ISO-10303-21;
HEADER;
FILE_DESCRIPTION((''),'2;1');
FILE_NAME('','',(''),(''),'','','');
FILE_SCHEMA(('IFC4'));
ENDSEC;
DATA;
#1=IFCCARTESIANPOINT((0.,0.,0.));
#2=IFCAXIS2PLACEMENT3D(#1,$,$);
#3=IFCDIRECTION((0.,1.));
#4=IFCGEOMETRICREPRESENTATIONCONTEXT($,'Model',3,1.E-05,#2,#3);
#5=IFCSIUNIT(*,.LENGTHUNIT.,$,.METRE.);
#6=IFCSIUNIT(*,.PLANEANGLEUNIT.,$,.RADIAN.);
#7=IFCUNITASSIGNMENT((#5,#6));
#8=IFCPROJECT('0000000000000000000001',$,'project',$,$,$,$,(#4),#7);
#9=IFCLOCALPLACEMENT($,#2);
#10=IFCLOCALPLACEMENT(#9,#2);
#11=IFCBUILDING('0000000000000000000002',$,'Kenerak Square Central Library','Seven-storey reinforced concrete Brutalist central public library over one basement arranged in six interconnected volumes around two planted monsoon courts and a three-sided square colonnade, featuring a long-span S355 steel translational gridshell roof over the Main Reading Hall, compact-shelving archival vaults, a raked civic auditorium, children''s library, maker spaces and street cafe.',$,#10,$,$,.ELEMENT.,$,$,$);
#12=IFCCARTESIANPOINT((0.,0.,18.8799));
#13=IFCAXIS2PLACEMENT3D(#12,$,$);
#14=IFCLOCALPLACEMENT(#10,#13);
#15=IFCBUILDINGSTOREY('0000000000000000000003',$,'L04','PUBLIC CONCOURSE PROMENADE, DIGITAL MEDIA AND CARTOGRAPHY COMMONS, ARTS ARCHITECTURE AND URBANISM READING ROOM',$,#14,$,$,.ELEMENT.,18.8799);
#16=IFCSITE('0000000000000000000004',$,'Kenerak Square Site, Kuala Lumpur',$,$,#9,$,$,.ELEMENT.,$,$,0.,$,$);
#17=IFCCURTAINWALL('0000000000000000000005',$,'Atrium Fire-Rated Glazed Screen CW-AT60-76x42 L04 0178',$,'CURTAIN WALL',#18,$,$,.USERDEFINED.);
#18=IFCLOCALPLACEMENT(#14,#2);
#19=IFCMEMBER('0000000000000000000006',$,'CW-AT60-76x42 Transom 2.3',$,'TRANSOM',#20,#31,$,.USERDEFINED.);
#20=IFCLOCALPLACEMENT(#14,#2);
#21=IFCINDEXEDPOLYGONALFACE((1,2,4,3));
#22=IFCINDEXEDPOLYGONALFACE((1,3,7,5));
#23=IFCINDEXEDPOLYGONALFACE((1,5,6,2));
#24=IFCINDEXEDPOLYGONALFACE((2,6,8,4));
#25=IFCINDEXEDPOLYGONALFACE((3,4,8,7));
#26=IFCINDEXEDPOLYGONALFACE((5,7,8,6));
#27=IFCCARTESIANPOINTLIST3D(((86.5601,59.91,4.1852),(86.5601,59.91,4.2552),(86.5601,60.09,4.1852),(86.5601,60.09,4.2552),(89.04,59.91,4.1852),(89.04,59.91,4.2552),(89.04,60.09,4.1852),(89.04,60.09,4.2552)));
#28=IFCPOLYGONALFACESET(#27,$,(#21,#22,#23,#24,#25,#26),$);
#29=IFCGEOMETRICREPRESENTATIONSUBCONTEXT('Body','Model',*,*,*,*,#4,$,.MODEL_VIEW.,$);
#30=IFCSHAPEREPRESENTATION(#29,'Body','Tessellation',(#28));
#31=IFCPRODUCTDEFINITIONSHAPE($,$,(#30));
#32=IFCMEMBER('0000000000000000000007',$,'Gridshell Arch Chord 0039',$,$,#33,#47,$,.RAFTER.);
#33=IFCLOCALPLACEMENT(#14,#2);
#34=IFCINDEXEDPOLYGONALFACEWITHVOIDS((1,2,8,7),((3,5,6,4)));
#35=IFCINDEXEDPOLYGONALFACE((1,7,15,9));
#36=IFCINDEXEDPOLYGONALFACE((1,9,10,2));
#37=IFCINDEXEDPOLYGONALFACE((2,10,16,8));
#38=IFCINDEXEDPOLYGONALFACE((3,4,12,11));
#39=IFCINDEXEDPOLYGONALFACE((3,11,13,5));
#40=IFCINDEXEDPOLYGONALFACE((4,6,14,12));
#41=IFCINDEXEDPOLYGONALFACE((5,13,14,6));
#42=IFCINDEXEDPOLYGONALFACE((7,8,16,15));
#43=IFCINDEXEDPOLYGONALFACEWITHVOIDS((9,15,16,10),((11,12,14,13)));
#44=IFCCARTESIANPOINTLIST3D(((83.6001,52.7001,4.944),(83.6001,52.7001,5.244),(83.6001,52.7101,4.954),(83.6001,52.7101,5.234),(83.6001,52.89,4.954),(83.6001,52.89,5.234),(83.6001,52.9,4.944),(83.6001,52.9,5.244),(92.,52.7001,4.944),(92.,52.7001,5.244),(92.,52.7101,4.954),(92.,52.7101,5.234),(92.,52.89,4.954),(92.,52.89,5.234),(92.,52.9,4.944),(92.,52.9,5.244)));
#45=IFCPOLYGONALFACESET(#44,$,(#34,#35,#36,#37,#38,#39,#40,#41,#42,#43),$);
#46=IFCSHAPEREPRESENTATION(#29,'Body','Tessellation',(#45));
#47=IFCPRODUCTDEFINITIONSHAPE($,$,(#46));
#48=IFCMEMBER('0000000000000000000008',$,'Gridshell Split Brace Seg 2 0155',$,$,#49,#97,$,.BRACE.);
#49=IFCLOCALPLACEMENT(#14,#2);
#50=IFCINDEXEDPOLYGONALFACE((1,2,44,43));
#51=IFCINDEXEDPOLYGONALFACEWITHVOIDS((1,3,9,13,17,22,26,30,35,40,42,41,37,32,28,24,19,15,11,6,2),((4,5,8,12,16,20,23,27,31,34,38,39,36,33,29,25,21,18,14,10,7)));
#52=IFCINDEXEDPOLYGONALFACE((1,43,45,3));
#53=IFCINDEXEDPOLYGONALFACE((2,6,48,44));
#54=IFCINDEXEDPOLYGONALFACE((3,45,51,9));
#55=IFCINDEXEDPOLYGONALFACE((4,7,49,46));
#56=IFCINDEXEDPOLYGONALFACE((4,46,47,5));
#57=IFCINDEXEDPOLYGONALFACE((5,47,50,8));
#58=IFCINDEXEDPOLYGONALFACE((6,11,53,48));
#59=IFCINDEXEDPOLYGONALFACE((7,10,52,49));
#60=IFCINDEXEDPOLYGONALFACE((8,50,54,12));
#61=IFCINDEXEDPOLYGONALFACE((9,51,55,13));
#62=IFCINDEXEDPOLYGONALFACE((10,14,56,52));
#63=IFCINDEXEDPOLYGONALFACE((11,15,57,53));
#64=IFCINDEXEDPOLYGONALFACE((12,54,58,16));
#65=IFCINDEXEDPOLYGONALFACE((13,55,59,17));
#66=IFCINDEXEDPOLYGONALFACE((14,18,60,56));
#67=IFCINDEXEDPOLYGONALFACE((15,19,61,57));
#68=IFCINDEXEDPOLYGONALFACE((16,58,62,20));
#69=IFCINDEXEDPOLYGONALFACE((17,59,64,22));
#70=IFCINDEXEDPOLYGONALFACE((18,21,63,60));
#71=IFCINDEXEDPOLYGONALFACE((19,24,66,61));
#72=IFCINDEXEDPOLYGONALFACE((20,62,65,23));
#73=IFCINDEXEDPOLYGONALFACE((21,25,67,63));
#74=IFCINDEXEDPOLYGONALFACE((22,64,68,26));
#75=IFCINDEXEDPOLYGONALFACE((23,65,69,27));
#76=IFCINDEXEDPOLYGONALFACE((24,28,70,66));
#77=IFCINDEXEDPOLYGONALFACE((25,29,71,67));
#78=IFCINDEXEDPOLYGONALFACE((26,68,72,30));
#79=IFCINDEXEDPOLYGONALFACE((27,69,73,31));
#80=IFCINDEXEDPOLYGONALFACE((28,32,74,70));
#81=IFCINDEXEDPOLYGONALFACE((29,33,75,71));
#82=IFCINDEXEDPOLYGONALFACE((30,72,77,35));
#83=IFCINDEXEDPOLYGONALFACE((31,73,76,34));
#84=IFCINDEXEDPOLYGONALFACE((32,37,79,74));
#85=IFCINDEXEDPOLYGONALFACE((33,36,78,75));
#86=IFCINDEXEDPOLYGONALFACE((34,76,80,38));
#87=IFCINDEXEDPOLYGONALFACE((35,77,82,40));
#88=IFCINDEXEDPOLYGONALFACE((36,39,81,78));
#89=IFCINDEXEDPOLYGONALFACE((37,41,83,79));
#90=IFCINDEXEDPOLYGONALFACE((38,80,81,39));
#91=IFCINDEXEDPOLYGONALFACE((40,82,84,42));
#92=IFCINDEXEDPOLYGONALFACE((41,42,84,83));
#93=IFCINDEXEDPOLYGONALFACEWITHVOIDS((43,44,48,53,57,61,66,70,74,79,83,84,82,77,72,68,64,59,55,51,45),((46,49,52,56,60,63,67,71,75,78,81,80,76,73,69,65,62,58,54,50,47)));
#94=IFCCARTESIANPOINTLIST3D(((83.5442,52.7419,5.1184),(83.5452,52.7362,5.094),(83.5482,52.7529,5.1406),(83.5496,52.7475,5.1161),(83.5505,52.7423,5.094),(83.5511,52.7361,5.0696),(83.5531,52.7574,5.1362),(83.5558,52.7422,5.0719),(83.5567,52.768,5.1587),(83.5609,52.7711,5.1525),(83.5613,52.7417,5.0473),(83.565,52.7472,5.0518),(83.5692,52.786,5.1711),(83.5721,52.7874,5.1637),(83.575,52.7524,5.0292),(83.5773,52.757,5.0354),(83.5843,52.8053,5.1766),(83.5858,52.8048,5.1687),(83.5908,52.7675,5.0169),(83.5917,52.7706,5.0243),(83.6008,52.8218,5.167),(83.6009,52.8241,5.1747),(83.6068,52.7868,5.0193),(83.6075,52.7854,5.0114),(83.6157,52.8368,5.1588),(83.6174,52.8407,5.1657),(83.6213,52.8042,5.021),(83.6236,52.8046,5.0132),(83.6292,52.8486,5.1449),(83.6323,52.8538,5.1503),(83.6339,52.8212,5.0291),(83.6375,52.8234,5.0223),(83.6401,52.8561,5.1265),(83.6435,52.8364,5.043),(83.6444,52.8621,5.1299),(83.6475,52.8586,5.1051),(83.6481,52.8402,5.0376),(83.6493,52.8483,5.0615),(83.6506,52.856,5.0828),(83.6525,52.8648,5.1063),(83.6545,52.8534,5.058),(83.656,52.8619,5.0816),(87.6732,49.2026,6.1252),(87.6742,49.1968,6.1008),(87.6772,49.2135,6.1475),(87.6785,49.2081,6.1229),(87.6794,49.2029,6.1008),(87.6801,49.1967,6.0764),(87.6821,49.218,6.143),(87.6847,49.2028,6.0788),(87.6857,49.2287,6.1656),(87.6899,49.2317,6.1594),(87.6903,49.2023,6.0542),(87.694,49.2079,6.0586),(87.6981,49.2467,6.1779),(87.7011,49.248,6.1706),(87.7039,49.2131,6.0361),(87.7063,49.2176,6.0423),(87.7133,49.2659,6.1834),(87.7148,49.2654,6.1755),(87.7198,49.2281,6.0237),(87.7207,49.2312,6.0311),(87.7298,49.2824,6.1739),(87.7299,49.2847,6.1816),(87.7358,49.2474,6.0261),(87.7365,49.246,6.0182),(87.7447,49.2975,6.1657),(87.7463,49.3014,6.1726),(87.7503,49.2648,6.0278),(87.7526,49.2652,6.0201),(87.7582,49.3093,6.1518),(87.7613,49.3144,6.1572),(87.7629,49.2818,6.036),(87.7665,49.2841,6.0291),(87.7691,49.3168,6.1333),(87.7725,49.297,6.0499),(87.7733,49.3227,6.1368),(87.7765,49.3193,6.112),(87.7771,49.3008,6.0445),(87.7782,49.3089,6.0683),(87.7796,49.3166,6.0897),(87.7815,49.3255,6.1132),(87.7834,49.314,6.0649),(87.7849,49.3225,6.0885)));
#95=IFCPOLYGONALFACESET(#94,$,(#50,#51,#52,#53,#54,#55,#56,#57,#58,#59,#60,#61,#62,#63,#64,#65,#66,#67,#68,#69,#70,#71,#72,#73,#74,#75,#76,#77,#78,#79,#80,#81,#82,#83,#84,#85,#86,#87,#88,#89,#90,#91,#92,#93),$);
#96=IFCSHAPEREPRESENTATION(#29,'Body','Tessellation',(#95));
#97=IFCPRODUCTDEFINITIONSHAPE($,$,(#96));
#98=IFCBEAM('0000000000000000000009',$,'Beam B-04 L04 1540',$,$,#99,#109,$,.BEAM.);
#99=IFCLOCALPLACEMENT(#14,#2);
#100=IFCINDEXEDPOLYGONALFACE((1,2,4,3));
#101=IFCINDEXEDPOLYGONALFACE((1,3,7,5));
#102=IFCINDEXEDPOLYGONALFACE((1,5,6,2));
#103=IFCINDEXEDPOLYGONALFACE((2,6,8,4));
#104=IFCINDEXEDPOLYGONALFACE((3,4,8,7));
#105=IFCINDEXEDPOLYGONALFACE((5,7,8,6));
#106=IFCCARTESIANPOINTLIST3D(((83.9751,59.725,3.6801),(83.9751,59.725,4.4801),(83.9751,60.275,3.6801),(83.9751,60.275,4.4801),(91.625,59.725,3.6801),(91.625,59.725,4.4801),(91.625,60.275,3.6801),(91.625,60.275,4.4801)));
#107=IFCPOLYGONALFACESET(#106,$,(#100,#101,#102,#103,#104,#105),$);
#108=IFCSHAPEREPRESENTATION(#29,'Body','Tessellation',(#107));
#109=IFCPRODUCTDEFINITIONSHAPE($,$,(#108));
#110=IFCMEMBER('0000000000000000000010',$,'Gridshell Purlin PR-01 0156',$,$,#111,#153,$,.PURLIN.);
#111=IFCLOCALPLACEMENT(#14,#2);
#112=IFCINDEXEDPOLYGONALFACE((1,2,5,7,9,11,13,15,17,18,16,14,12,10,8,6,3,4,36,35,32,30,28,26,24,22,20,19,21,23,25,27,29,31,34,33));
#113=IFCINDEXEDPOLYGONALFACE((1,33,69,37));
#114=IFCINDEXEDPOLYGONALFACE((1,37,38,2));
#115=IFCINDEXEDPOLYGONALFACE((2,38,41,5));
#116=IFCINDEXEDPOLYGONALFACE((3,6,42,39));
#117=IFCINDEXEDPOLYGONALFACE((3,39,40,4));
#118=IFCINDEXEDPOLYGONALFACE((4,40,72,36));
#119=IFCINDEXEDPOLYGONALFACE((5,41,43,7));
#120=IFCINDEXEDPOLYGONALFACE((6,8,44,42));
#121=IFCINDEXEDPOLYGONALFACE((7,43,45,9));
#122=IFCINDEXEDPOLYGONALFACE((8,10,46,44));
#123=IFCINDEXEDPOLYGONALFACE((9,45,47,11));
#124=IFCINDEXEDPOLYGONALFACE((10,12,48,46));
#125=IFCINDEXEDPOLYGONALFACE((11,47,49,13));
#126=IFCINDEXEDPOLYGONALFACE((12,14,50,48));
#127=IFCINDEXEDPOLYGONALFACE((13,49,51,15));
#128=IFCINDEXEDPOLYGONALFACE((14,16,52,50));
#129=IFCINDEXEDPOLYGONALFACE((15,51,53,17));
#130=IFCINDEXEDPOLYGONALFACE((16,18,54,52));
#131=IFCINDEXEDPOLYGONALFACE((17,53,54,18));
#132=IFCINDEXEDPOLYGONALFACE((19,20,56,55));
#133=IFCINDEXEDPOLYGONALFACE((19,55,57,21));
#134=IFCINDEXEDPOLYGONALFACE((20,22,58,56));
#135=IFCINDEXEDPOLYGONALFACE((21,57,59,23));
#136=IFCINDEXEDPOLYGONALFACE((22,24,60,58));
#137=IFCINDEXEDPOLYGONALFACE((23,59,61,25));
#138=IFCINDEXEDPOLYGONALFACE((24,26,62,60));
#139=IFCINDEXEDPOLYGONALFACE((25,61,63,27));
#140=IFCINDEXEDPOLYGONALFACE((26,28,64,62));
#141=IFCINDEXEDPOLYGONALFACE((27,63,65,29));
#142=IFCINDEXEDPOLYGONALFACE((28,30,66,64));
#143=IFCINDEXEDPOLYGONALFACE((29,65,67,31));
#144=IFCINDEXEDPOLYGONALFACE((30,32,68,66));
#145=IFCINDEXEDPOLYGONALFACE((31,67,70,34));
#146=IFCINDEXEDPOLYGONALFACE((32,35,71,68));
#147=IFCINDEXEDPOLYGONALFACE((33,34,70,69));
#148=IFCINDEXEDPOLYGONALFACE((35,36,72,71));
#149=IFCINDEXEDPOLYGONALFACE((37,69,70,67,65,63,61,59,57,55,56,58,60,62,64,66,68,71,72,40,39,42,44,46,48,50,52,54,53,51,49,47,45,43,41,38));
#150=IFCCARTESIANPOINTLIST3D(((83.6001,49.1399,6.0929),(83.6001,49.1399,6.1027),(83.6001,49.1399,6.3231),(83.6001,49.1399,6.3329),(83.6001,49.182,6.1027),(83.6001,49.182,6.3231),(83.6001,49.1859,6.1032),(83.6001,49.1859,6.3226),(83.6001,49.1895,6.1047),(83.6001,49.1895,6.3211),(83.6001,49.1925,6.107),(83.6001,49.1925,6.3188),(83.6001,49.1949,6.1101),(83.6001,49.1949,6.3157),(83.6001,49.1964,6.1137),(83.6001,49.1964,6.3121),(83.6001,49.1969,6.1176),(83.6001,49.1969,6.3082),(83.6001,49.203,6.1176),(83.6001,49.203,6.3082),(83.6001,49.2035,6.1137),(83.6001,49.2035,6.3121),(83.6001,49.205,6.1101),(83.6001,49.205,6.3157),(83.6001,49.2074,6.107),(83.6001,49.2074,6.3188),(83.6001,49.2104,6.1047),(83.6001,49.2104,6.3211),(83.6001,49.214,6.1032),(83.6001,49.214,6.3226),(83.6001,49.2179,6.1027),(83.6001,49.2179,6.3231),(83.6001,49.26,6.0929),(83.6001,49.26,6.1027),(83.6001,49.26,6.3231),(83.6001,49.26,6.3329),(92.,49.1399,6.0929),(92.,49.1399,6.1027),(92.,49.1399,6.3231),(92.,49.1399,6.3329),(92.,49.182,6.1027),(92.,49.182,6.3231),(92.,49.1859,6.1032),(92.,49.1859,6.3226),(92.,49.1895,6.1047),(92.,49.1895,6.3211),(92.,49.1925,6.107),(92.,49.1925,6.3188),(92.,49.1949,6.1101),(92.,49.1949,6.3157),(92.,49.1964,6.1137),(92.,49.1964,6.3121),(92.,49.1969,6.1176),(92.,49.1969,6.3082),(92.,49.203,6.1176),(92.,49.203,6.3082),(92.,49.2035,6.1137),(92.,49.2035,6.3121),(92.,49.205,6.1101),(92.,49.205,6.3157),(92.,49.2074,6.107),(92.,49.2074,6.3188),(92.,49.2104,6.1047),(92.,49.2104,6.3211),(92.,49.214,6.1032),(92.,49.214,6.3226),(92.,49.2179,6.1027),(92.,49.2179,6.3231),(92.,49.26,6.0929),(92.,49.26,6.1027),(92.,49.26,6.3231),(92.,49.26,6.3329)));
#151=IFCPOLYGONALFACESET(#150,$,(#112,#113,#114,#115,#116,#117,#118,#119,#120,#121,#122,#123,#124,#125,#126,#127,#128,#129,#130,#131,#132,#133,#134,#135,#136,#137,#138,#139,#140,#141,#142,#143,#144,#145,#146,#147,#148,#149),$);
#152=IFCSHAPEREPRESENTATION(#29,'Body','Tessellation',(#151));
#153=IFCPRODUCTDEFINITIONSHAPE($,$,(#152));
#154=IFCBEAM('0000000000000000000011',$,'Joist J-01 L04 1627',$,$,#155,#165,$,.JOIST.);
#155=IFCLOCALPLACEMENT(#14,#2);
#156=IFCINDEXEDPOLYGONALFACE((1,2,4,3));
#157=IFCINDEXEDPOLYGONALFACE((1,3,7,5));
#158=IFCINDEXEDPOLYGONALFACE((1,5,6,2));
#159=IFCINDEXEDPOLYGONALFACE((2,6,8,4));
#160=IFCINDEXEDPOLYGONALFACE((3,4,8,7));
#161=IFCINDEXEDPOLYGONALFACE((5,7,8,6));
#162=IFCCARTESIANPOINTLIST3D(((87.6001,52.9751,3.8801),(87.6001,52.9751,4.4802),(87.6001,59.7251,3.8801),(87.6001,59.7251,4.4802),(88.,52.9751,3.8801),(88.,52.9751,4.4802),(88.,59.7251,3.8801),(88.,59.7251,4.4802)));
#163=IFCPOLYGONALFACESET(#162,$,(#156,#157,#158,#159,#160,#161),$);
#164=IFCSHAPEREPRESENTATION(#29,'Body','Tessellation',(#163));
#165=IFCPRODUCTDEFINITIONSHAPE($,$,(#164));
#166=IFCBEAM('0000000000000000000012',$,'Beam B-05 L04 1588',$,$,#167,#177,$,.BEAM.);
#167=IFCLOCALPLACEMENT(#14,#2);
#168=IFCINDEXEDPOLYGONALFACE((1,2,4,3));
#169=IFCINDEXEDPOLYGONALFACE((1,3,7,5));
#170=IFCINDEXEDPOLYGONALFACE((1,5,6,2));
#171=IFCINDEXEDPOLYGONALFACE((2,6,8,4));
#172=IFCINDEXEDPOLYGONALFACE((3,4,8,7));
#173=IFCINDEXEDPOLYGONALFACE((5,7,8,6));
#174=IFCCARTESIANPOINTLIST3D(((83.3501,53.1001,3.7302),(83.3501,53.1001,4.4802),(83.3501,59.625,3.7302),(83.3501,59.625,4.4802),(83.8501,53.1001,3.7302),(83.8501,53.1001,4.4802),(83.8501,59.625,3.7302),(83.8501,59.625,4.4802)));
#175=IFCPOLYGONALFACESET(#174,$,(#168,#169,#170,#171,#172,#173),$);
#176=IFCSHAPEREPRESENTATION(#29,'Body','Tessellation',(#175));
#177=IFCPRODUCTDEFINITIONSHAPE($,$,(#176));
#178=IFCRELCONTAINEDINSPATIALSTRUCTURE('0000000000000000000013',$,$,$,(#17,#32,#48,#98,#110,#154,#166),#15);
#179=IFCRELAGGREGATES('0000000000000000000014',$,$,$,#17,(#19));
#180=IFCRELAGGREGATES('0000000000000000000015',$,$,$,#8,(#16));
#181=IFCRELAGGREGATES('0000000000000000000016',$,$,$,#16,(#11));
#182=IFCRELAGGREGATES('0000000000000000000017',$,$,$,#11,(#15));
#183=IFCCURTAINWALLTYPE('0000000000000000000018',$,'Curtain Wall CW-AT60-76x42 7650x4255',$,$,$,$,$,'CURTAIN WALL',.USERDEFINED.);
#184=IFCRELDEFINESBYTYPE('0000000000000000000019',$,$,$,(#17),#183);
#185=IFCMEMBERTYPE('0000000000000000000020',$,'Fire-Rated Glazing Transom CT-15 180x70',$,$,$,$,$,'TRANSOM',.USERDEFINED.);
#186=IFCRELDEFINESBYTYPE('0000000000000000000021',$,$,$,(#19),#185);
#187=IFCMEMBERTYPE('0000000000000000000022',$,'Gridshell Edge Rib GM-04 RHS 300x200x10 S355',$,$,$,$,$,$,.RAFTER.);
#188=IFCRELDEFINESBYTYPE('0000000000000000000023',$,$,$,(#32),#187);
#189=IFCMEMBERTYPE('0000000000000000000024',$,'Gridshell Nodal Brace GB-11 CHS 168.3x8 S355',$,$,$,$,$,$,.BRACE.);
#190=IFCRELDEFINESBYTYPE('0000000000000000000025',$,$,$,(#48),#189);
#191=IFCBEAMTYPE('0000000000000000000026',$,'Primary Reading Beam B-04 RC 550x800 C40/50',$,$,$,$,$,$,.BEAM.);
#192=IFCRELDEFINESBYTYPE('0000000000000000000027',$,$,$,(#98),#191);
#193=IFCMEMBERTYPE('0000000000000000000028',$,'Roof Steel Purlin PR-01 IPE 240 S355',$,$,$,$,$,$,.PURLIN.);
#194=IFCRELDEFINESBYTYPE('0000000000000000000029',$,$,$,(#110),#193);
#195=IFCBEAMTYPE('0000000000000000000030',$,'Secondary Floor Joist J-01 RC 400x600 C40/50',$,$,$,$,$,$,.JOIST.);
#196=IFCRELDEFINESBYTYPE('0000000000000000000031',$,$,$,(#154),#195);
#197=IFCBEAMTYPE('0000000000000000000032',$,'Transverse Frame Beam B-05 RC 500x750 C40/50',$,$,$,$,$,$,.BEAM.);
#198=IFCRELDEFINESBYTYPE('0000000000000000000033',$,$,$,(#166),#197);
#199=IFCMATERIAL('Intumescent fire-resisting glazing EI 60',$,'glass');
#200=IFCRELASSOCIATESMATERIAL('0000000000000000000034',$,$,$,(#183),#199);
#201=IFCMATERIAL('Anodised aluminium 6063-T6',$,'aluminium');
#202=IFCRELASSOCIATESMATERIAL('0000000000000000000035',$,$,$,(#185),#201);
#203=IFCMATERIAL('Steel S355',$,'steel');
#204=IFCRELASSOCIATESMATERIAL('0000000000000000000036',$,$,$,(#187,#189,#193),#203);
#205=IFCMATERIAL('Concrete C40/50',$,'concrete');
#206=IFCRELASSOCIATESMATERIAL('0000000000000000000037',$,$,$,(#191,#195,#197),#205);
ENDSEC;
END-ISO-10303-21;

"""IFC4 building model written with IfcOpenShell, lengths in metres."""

from ifc_helpers import new_model, si_unit, direction, frame, origin, origin_2d, place, context, subcontext, project, spatial, rectangle, hollow_rectangle, hollow_circle, i_section, extrude, material, material_profile, profile_set, type_object, element, aggregate, save


model = new_model("IFC4")

# Units and contexts
model_context = context("Model", 3, precision=1e-05, world=origin(), true_north=direction((0.0, 1.0)))
body_context = subcontext(model_context, "Body", "Model", "MODEL_VIEW")
ifc_project = project(units=[si_unit("LENGTHUNIT", "METRE"), si_unit("PLANEANGLEUNIT", "RADIAN")], contexts=[model_context])

# Site, building, storey
site_placement = place(None, origin())
site = spatial("IfcSite", under=ifc_project, at=site_placement, Name="Kenerak Square Site, Kuala Lumpur", CompositionType="ELEMENT", RefElevation=0.0)
building_placement = place(site_placement, origin())
building = spatial("IfcBuilding", under=site, at=building_placement, Name="Kenerak Square Central Library", Description="Seven-storey reinforced concrete Brutalist central public library over one basement arranged in six interconnected volumes around two planted monsoon courts and a three-sided square colonnade, featuring a long-span S355 steel translational gridshell roof over the Main Reading Hall, compact-shelving archival vaults, a raked civic auditorium, children's library, maker spaces and street cafe.", CompositionType="ELEMENT")
storey_placement = place(building_placement, frame((0.0, 0.0, 18.8799)))
storey = spatial("IfcBuildingStorey", under=building, at=storey_placement, Name="L04", Description="PUBLIC CONCOURSE PROMENADE, DIGITAL MEDIA AND CARTOGRAPHY COMMONS, ARTS ARCHITECTURE AND URBANISM READING ROOM", CompositionType="ELEMENT", Elevation=18.8799)

# Shared definitions
ifc_material_1 = material(Name="Concrete C40/50", Category="concrete")

# Shared definitions
ifc_material_2 = material(Name="Intumescent fire-resisting glazing EI 60", Category="glass")
curtain_wall_type = type_object("IfcCurtainWallType", Name="Curtain Wall CW-AT60-76x42 7650x4255", ElementType="CURTAIN WALL", PredefinedType="USERDEFINED", material=ifc_material_2)
ifc_material_3 = material(Name="Anodised aluminium 6063-T6", Category="aluminium")

# Curtain wall
curtain_wall_1_placement = place(storey_placement, origin())
curtain_wall_1 = element("IfcCurtainWall", 1, at=curtain_wall_1_placement, inside=storey, type_object=curtain_wall_type, Name="Atrium Fire-Rated Glazed Screen CW-AT60-76x42 L04 0178", ObjectType="CURTAIN WALL", PredefinedType="USERDEFINED")

# Member
ifc_material_profile_1 = material_profile(ifc_material_3, rectangle(XDim=0.1799, YDim=0.0701, at=origin_2d()), Name="AL TRANSOM 180x70")
ifc_profile_set_1 = profile_set([ifc_material_profile_1], Name="Anodised aluminium 6063-T6")
member_type_1 = type_object("IfcMemberType", Name="Fire-Rated Glazing Transom CT-15 180x70", ElementType="TRANSOM", PredefinedType="USERDEFINED", material=ifc_profile_set_1)
member_1_placement = place(storey_placement, frame((86.5601, 60.0, 4.2202), z_axis=(1.0, 0.0, 0.0), x_axis=(0.0, 1.0, 0.0)))
member_1 = element("IfcMember", 2, at=member_1_placement, type_object=member_type_1, Name="CW-AT60-76x42 Transom 2.3", ObjectType="TRANSOM", PredefinedType="USERDEFINED", context=body_context, shape_type="SweptSolid", body=[
    extrude(rectangle(XDim=0.1799, YDim=0.0701, at=origin_2d()), origin(), (0.0, 0.0, 1.0), 2.48),
])

# Members
ifc_material_4 = material(Name="Steel S355", Category="steel")
ifc_material_profile_2 = material_profile(ifc_material_4, hollow_rectangle(XDim=0.2, YDim=0.3, WallThickness=0.01, at=origin_2d()), Name="RHS 300x200x10.0")
ifc_profile_set_2 = profile_set([ifc_material_profile_2], Name="Steel S355")
member_type_2 = type_object("IfcMemberType", Name="Gridshell Edge Rib GM-04 RHS 300x200x10 S355", PredefinedType="RAFTER", material=ifc_profile_set_2)
member_2_placement = place(storey_placement, frame((83.6001, 52.8, 5.094), z_axis=(1.0, 0.0, 0.0), x_axis=(0.0, 1.0, 0.0)))
element("IfcMember", 3, at=member_2_placement, inside=storey, type_object=member_type_2, Name="Gridshell Arch Chord 0039", PredefinedType="RAFTER", context=body_context, shape_type="SweptSolid", body=[
    extrude(hollow_rectangle(XDim=0.2, YDim=0.3, WallThickness=0.01, at=origin_2d()), origin(), (0.0, 0.0, 1.0), 8.3999),
])
ifc_material_profile_3 = material_profile(ifc_material_4, hollow_circle(Radius=0.0842, WallThickness=0.0081, at=origin_2d()), Name="CHS 168.3x8.0")
ifc_profile_set_3 = profile_set([ifc_material_profile_3], Name="Steel S355")
member_type_3 = type_object("IfcMemberType", Name="Gridshell Nodal Brace GB-11 CHS 168.3x8 S355", PredefinedType="BRACE", material=ifc_profile_set_3)
member_3_placement = place(storey_placement, frame((87.729, 49.2607, 6.1008), z_axis=(-0.746548, 0.639942, -0.182046), x_axis=(-0.650817, -0.759234, 0.0)))
element("IfcMember", 4, at=member_3_placement, inside=storey, type_object=member_type_3, Name="Gridshell Split Brace Seg 2 0155", PredefinedType="BRACE", context=body_context, shape_type="SweptSolid", body=[
    extrude(hollow_circle(Radius=0.0842, WallThickness=0.0081, at=origin_2d()), origin(), (0.0, 0.0, 1.0), 5.5308),
])

# Beam
ifc_material_profile_4 = material_profile(ifc_material_1, rectangle(XDim=0.55, YDim=0.8, at=origin_2d()), Name="RC 550x800")
ifc_profile_set_4 = profile_set([ifc_material_profile_4], Name="Concrete C40/50")
beam_type_1 = type_object("IfcBeamType", Name="Primary Reading Beam B-04 RC 550x800 C40/50", PredefinedType="BEAM", material=ifc_profile_set_4)
beam_1_placement = place(storey_placement, frame((83.9751, 60.0, 4.0801), z_axis=(1.0, 0.0, 0.0), x_axis=(0.0, 1.0, 0.0)))
element("IfcBeam", 5, at=beam_1_placement, inside=storey, type_object=beam_type_1, Name="Beam B-04 L04 1540", PredefinedType="BEAM", context=body_context, shape_type="SweptSolid", body=[
    extrude(rectangle(XDim=0.55, YDim=0.8, at=origin_2d()), origin(), (0.0, 0.0, 1.0), 7.6499),
])

# Member
ifc_material_profile_5 = material_profile(ifc_material_4, i_section(OverallWidth=0.1201, OverallDepth=0.24, WebThickness=0.0061, FlangeThickness=0.0098, FilletRadius=0.0149, at=origin_2d()), Name="IPE 240")
ifc_profile_set_5 = profile_set([ifc_material_profile_5], Name="Steel S355")
member_type_4 = type_object("IfcMemberType", Name="Roof Steel Purlin PR-01 IPE 240 S355", PredefinedType="PURLIN", material=ifc_profile_set_5)
member_4_placement = place(storey_placement, frame((83.6001, 49.2, 6.2129), z_axis=(1.0, 0.0, 0.0), x_axis=(0.0, 1.0, 0.0)))
element("IfcMember", 6, at=member_4_placement, inside=storey, type_object=member_type_4, Name="Gridshell Purlin PR-01 0156", PredefinedType="PURLIN", context=body_context, shape_type="SweptSolid", body=[
    extrude(i_section(OverallWidth=0.1201, OverallDepth=0.24, WebThickness=0.0061, FlangeThickness=0.0098, FilletRadius=0.0149, at=origin_2d()), origin(), (0.0, 0.0, 1.0), 8.3999),
])

# Beams
ifc_material_profile_6 = material_profile(ifc_material_1, rectangle(XDim=0.3999, YDim=0.6001, at=origin_2d()), Name="RC 400x600")
ifc_profile_set_6 = profile_set([ifc_material_profile_6], Name="Concrete C40/50")
beam_type_2 = type_object("IfcBeamType", Name="Secondary Floor Joist J-01 RC 400x600 C40/50", PredefinedType="JOIST", material=ifc_profile_set_6)
beam_2_placement = place(storey_placement, frame((87.8, 52.9751, 4.1802), z_axis=(0.0, 1.0, 0.0), x_axis=(-1.0, 0.0, 0.0)))
element("IfcBeam", 7, at=beam_2_placement, inside=storey, type_object=beam_type_2, Name="Joist J-01 L04 1627", PredefinedType="JOIST", context=body_context, shape_type="SweptSolid", body=[
    extrude(rectangle(XDim=0.3999, YDim=0.6001, at=origin_2d()), origin(), (0.0, 0.0, 1.0), 6.75),
])
ifc_material_profile_7 = material_profile(ifc_material_1, rectangle(XDim=0.5, YDim=0.75, at=origin_2d()), Name="RC 500x750")
ifc_profile_set_7 = profile_set([ifc_material_profile_7], Name="Concrete C40/50")
beam_type_3 = type_object("IfcBeamType", Name="Transverse Frame Beam B-05 RC 500x750 C40/50", PredefinedType="BEAM", material=ifc_profile_set_7)
beam_3_placement = place(storey_placement, frame((83.6001, 53.1001, 4.1052), z_axis=(0.0, 1.0, 0.0), x_axis=(-1.0, 0.0, 0.0)))
element("IfcBeam", 8, at=beam_3_placement, inside=storey, type_object=beam_type_3, Name="Beam B-05 L04 1588", PredefinedType="BEAM", context=body_context, shape_type="SweptSolid", body=[
    extrude(rectangle(XDim=0.5, YDim=0.75, at=origin_2d()), origin(), (0.0, 0.0, 1.0), 6.5249),
])

aggregate(curtain_wall_1, [member_1])

save(model, "model.ifc")
